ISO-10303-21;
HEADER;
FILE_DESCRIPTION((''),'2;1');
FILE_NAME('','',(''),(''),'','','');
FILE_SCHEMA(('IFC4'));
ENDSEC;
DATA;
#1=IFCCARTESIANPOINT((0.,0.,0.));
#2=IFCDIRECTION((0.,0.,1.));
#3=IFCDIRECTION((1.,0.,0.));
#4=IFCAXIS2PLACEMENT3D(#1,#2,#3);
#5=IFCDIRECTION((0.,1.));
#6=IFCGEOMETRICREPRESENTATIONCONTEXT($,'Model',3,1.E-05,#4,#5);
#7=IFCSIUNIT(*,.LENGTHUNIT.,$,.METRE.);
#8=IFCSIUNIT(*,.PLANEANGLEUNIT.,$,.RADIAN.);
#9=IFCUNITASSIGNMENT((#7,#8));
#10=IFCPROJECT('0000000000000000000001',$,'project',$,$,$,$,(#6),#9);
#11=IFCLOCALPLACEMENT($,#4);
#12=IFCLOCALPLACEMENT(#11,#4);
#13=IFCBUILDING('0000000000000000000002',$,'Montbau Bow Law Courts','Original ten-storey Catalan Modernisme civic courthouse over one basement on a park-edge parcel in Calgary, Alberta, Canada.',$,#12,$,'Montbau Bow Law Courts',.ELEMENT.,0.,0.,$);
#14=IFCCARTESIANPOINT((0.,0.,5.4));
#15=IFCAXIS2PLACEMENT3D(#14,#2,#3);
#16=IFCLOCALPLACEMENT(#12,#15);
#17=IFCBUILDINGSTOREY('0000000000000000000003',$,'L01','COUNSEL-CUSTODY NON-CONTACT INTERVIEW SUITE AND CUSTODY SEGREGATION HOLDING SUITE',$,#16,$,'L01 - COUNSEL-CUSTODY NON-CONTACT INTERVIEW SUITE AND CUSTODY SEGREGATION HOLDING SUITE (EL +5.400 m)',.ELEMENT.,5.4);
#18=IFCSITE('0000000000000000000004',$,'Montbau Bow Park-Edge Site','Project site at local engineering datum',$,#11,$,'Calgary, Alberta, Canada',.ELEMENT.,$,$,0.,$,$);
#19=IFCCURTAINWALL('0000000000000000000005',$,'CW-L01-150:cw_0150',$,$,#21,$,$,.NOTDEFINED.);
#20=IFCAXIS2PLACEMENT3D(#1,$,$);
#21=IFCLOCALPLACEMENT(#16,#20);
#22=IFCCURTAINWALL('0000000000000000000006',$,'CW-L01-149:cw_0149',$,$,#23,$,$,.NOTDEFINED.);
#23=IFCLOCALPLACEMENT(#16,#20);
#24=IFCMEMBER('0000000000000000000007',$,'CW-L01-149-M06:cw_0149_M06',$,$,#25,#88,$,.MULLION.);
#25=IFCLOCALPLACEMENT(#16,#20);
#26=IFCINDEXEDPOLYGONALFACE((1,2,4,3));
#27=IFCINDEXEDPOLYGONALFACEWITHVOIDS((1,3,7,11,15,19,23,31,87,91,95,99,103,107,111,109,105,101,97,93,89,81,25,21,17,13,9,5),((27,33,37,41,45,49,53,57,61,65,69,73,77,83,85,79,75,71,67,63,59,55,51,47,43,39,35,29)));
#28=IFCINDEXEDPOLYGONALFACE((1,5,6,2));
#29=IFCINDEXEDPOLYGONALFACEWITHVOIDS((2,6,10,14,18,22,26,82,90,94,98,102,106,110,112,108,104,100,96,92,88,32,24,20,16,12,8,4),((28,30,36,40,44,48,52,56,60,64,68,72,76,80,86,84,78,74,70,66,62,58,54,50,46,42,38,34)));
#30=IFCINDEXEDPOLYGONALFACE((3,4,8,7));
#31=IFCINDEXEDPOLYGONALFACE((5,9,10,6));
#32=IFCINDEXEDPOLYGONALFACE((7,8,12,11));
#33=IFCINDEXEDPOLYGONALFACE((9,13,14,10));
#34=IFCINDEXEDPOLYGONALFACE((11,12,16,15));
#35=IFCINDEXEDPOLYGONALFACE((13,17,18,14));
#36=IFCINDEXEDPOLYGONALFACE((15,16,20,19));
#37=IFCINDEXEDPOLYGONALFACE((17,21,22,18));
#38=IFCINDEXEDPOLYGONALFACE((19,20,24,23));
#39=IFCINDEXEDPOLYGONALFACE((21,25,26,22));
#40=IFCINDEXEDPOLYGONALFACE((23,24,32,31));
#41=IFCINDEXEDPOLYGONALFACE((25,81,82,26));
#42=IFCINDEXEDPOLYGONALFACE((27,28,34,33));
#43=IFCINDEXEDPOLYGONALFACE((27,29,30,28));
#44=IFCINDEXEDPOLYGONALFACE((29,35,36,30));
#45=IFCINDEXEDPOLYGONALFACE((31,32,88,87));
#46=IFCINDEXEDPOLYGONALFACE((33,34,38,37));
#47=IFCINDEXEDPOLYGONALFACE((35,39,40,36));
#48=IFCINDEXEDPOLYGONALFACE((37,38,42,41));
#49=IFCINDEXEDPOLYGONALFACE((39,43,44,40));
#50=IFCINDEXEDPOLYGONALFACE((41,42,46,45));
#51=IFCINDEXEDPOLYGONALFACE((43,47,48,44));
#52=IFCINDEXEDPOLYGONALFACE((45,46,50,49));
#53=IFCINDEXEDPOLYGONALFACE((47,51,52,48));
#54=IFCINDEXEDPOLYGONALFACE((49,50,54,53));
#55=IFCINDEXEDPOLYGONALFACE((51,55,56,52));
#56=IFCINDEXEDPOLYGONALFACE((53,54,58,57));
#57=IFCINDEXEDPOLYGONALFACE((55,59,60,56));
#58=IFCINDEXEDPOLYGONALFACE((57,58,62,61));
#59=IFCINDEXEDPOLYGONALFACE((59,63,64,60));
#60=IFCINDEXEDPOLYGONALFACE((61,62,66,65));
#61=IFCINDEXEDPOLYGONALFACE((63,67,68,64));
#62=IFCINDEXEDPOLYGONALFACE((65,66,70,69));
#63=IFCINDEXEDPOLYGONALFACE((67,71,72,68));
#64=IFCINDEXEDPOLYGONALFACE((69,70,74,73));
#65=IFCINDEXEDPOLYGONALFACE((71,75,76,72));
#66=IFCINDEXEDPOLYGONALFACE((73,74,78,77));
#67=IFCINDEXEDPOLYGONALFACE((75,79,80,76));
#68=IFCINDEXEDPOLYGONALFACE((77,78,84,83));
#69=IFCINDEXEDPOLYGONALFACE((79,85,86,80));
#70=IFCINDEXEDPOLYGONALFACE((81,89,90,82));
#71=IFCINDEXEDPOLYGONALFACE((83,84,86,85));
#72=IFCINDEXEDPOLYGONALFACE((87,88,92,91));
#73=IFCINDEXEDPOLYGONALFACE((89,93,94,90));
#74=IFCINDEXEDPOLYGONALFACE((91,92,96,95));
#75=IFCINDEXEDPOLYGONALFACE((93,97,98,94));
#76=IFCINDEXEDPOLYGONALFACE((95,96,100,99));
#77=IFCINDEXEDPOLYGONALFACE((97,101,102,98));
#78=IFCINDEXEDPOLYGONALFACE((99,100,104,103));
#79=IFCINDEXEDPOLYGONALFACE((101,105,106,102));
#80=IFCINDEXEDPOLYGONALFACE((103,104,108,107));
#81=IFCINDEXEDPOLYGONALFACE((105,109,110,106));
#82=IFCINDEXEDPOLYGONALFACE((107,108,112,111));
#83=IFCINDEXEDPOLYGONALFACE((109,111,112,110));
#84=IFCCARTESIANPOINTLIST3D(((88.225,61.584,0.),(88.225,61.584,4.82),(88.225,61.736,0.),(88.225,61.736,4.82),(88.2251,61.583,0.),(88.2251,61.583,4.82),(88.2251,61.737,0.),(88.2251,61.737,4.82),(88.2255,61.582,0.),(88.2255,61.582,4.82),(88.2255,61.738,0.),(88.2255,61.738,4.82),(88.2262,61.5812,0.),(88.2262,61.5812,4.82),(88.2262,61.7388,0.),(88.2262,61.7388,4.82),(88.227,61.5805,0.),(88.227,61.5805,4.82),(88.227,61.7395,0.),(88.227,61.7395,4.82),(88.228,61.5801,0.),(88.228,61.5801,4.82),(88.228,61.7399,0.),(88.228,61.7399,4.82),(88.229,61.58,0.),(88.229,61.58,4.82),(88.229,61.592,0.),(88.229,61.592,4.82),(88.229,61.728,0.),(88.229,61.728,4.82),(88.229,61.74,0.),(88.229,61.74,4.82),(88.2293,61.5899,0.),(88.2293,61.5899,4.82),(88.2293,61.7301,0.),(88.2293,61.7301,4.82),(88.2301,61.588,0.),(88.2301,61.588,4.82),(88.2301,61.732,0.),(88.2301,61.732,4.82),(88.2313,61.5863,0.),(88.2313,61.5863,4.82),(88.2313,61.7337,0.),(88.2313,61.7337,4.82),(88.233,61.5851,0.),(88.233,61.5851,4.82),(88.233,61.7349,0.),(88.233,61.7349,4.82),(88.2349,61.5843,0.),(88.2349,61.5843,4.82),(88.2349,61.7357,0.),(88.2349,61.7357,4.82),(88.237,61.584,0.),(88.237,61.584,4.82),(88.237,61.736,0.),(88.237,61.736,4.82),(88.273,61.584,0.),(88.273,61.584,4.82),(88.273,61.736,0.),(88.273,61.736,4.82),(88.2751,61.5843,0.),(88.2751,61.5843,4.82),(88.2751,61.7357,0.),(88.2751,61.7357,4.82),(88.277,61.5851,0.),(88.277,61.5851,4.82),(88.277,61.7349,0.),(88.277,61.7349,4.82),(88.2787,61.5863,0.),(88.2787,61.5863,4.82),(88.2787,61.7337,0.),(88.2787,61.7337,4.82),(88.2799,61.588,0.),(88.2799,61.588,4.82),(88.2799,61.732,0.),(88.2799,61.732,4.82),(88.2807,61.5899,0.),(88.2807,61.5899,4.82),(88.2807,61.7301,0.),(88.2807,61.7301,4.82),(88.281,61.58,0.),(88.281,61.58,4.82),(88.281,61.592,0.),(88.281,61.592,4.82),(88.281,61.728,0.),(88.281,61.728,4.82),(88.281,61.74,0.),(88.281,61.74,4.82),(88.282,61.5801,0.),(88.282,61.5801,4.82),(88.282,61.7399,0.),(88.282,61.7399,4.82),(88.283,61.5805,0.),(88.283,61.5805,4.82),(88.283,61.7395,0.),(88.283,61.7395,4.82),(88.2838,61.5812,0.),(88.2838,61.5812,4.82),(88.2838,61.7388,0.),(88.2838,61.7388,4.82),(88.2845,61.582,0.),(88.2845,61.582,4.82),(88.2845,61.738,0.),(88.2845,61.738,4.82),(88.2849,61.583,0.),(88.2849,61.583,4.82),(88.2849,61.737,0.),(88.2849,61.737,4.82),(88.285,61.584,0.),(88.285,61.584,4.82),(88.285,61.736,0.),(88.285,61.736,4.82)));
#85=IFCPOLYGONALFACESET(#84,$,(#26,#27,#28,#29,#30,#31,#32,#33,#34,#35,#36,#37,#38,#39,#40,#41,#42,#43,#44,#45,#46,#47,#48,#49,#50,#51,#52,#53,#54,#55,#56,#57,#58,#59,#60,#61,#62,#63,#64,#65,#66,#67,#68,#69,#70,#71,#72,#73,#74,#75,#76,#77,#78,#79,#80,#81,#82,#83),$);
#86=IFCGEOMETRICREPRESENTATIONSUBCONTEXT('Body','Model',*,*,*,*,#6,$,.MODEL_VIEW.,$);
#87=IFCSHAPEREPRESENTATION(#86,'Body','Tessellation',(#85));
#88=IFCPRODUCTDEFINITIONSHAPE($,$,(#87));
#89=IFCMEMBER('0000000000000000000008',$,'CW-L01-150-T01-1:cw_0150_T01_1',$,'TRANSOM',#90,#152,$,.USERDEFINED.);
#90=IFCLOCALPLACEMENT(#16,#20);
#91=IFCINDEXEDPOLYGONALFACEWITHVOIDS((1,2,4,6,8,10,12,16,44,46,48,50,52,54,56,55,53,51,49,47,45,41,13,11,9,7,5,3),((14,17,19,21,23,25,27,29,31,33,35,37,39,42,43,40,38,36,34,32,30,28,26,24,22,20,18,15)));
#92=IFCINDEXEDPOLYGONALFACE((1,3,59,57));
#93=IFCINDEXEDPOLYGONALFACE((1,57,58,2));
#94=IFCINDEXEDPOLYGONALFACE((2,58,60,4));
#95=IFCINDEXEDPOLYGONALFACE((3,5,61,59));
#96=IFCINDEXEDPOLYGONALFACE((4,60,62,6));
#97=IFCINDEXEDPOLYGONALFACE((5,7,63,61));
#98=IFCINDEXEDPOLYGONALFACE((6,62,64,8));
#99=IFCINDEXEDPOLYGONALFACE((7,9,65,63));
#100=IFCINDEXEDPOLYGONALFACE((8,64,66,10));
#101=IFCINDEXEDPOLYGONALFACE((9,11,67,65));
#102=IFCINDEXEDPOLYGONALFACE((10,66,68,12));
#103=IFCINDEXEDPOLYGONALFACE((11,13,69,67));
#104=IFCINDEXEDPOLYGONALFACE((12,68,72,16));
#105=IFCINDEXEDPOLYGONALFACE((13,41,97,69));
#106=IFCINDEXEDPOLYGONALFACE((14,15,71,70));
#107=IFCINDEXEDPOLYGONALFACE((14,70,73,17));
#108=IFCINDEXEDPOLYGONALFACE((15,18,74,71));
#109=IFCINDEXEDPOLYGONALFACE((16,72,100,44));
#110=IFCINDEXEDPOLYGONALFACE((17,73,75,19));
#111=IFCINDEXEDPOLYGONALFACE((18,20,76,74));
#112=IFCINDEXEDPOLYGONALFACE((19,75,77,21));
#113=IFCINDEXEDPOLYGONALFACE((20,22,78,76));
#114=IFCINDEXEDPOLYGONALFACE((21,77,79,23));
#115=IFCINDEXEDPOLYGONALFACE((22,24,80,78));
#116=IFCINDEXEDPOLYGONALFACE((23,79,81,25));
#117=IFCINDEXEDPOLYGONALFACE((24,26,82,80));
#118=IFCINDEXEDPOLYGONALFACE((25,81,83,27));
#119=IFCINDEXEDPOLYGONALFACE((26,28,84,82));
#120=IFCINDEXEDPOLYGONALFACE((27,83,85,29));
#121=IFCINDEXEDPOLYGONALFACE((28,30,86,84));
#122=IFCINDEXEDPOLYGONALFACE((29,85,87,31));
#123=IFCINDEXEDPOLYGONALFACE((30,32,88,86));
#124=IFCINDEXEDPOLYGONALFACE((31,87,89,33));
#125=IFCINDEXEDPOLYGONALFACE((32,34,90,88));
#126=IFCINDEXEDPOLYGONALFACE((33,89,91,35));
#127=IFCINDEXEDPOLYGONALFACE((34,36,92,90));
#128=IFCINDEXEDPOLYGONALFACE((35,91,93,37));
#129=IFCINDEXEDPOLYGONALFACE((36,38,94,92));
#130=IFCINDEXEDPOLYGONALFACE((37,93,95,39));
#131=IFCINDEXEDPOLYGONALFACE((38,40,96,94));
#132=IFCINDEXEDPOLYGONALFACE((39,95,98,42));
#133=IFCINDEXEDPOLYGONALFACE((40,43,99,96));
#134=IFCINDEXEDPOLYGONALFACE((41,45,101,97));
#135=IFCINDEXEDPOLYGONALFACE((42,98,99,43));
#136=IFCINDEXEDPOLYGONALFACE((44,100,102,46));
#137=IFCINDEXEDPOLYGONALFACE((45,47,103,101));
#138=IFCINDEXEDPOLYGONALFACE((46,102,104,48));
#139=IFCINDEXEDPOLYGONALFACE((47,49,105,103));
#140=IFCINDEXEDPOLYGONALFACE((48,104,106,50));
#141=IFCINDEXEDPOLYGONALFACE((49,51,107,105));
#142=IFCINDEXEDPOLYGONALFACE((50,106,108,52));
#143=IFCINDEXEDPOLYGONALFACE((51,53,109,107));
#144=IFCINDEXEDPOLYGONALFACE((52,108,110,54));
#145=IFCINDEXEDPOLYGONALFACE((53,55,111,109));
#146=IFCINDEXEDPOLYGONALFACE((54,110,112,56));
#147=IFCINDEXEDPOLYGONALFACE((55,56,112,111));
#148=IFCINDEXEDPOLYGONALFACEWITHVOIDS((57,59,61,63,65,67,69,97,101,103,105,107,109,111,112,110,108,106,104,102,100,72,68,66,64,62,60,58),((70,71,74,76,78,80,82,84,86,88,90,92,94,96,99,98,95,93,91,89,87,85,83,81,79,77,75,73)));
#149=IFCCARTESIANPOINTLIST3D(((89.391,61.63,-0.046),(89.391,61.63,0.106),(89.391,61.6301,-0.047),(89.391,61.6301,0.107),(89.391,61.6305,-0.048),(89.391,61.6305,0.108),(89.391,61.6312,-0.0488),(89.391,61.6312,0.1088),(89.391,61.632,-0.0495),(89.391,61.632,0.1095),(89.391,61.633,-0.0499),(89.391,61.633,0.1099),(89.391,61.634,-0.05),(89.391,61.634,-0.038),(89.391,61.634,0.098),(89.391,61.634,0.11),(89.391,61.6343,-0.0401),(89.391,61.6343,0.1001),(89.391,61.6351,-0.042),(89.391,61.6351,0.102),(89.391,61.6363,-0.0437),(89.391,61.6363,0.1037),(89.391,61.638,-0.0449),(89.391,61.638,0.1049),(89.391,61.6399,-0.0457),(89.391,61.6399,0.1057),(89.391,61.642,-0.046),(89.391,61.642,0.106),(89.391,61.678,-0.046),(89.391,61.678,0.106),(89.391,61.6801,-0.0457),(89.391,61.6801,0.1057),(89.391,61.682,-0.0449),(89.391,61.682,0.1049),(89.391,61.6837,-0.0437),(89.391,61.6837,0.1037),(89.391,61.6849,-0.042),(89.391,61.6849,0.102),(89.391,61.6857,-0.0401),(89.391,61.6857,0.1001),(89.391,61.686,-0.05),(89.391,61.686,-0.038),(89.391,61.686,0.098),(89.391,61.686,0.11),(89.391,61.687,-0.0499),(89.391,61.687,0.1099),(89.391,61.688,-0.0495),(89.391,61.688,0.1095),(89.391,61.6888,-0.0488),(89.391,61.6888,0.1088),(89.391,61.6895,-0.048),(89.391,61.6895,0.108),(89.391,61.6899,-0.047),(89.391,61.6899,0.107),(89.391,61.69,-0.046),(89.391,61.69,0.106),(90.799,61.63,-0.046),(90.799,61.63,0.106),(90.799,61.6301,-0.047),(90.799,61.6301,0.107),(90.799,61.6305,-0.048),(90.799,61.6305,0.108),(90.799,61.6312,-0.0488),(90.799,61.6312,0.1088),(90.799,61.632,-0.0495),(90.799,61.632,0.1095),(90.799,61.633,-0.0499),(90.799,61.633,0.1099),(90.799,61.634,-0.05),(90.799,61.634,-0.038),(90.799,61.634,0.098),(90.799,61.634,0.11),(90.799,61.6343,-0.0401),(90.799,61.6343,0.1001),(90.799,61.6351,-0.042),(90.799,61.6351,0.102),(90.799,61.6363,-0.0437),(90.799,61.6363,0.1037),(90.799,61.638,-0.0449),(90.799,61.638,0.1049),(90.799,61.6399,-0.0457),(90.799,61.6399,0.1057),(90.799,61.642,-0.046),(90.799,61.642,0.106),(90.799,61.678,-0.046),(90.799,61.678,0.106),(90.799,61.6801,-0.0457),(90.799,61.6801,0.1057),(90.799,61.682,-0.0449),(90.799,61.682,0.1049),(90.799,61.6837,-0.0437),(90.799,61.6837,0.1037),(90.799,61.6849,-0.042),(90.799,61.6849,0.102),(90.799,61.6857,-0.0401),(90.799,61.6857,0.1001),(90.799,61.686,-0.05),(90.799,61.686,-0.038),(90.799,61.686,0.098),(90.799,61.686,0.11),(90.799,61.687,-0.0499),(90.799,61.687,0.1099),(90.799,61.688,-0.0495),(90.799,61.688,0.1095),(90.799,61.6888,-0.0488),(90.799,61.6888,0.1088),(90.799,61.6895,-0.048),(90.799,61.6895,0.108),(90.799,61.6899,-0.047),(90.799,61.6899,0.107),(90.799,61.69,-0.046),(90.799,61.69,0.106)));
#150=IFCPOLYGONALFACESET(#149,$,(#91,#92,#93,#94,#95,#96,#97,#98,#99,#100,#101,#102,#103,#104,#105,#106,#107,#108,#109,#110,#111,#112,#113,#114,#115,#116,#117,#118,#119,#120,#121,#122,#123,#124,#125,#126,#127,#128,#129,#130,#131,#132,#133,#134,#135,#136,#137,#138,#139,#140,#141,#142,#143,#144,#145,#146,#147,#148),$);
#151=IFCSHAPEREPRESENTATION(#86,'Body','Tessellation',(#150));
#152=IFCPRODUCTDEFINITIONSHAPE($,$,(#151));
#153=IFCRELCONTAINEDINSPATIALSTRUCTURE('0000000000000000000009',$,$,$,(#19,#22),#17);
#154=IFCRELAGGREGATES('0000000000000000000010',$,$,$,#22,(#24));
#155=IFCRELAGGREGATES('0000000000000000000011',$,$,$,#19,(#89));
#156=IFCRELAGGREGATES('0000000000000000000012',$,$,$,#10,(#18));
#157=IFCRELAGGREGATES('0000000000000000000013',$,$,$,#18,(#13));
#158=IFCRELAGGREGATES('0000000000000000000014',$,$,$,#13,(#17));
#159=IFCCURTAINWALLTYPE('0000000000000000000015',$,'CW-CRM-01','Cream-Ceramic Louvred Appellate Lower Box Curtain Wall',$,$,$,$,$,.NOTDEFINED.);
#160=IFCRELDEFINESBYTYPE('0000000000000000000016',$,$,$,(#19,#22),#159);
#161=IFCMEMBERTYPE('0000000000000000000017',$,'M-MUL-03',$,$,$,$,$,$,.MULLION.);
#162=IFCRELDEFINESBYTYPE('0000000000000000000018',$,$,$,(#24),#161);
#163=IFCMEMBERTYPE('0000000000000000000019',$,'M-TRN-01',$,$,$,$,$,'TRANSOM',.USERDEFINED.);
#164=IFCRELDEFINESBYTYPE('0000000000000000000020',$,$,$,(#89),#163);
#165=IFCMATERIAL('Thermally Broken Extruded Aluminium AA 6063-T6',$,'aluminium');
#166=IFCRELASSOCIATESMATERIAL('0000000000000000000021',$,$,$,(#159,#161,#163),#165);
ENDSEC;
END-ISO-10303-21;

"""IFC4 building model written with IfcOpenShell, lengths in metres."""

from ifc_helpers import new_model, si_unit, direction, frame, origin_with_axes, origin_2d_with_axis, place, context, subcontext, project, spatial, hollow_rectangle, extrude, material, material_profile, profile_set, type_object, element, aggregate, save


model = new_model("IFC4")

# Units and contexts
model_context = context("Model", 3, precision=1e-05, world=origin_with_axes(), true_north=direction((0.0, 1.0)))
body_context = subcontext(model_context, "Body", "Model", "MODEL_VIEW")
ifc_project = project(units=[si_unit("LENGTHUNIT", "METRE"), si_unit("PLANEANGLEUNIT", "RADIAN")], contexts=[model_context])

# Site, building, storey
site_placement = place(None, origin_with_axes())
site = spatial("IfcSite", under=ifc_project, at=site_placement, Name="Montbau Bow Park-Edge Site", Description="Project site at local engineering datum", LongName="Calgary, Alberta, Canada", CompositionType="ELEMENT", RefElevation=0.0)
building_placement = place(site_placement, origin_with_axes())
building = spatial("IfcBuilding", under=site, at=building_placement, Name="Montbau Bow Law Courts", Description="Original ten-storey Catalan Modernisme civic courthouse over one basement on a park-edge parcel in Calgary, Alberta, Canada.", LongName="Montbau Bow Law Courts", CompositionType="ELEMENT", ElevationOfRefHeight=0.0, ElevationOfTerrain=0.0)
storey_placement = place(building_placement, frame((0.0, 0.0, 5.4), z_axis=(0.0, 0.0, 1.0), x_axis=(1.0, 0.0, 0.0)))
storey = spatial("IfcBuildingStorey", under=building, at=storey_placement, Name="L01", Description="COUNSEL-CUSTODY NON-CONTACT INTERVIEW SUITE AND CUSTODY SEGREGATION HOLDING SUITE", LongName="L01 - COUNSEL-CUSTODY NON-CONTACT INTERVIEW SUITE AND CUSTODY SEGREGATION HOLDING SUITE (EL +5.400 m)", CompositionType="ELEMENT", Elevation=5.4)

# Curtain wall
ifc_material_1 = material(Name="Thermally Broken Extruded Aluminium AA 6063-T6", Category="aluminium")
curtain_wall_type = type_object("IfcCurtainWallType", Name="CW-CRM-01", Description="Cream-Ceramic Louvred Appellate Lower Box Curtain Wall", PredefinedType="NOTDEFINED", material=ifc_material_1)
curtain_wall_1_placement = place(None, frame((89.315, 61.66, 5.4), z_axis=(0.0, 0.0, 1.0), x_axis=(1.0, 0.0, 0.0)))
curtain_wall_1 = element("IfcCurtainWall", 1, at=curtain_wall_1_placement, inside=storey, type_object=curtain_wall_type, Name="CW-L01-150:cw_0150", PredefinedType="NOTDEFINED")

# Curtain wall, member
curtain_wall_2_placement = place(None, frame((80.915, 61.66, 5.4), z_axis=(0.0, 0.0, 1.0), x_axis=(1.0, 0.0, 0.0)))
curtain_wall_2 = element("IfcCurtainWall", 2, at=curtain_wall_2_placement, inside=storey, type_object=curtain_wall_type, Name="CW-L01-149:cw_0149", PredefinedType="NOTDEFINED")
ifc_material_profile_1 = material_profile(ifc_material_1, hollow_rectangle(XDim=0.06, YDim=0.16, WallThickness=0.004, InnerFilletRadius=0.008, OuterFilletRadius=0.004, at=origin_2d_with_axis()), Name="CWM-160X60", Category="Main", Priority=0)
ifc_profile_set_1 = profile_set([ifc_material_profile_1], Name="Thermally Broken Extruded Aluminium AA 6063-T6")
member_type_1 = type_object("IfcMemberType", Name="M-MUL-03", PredefinedType="MULLION", material=ifc_profile_set_1)
member_1_placement = place(None, frame((88.255, 61.66, 5.4), z_axis=(0.0, 0.0, 1.0), x_axis=(1.0, 0.0, 0.0)))
member_1 = element("IfcMember", 3, at=member_1_placement, type_object=member_type_1, Name="CW-L01-149-M06:cw_0149_M06", PredefinedType="MULLION", context=body_context, shape_type="SweptSolid", body=[
    extrude(hollow_rectangle(XDim=0.06, YDim=0.16, WallThickness=0.004, InnerFilletRadius=0.008, OuterFilletRadius=0.004, at=origin_2d_with_axis()), origin_with_axes(), (0.0, 0.0, 1.0), 4.82),
])
aggregate(curtain_wall_2, [member_1])

# Member
ifc_material_profile_2 = material_profile(ifc_material_1, hollow_rectangle(XDim=0.06, YDim=0.16, WallThickness=0.004, InnerFilletRadius=0.008, OuterFilletRadius=0.004, at=origin_2d_with_axis()), Name="CWT-160X60", Category="Main", Priority=0)
ifc_profile_set_2 = profile_set([ifc_material_profile_2], Name="Thermally Broken Extruded Aluminium AA 6063-T6")
member_type_2 = type_object("IfcMemberType", Name="M-TRN-01", ElementType="TRANSOM", PredefinedType="USERDEFINED", material=ifc_profile_set_2)
member_2_placement = place(None, frame((89.391, 61.66, 5.43), z_axis=(1.0, 0.0, 0.0), x_axis=(0.0, 1.0, 0.0)))
member_2 = element("IfcMember", 4, at=member_2_placement, type_object=member_type_2, Name="CW-L01-150-T01-1:cw_0150_T01_1", ObjectType="TRANSOM", PredefinedType="USERDEFINED", context=body_context, shape_type="SweptSolid", body=[
    extrude(hollow_rectangle(XDim=0.06, YDim=0.16, WallThickness=0.004, InnerFilletRadius=0.008, OuterFilletRadius=0.004, at=origin_2d_with_axis()), origin_with_axes(), (0.0, 0.0, 1.0), 1.408),
])

aggregate(curtain_wall_1, [member_2])

save(model, "model.ifc")
